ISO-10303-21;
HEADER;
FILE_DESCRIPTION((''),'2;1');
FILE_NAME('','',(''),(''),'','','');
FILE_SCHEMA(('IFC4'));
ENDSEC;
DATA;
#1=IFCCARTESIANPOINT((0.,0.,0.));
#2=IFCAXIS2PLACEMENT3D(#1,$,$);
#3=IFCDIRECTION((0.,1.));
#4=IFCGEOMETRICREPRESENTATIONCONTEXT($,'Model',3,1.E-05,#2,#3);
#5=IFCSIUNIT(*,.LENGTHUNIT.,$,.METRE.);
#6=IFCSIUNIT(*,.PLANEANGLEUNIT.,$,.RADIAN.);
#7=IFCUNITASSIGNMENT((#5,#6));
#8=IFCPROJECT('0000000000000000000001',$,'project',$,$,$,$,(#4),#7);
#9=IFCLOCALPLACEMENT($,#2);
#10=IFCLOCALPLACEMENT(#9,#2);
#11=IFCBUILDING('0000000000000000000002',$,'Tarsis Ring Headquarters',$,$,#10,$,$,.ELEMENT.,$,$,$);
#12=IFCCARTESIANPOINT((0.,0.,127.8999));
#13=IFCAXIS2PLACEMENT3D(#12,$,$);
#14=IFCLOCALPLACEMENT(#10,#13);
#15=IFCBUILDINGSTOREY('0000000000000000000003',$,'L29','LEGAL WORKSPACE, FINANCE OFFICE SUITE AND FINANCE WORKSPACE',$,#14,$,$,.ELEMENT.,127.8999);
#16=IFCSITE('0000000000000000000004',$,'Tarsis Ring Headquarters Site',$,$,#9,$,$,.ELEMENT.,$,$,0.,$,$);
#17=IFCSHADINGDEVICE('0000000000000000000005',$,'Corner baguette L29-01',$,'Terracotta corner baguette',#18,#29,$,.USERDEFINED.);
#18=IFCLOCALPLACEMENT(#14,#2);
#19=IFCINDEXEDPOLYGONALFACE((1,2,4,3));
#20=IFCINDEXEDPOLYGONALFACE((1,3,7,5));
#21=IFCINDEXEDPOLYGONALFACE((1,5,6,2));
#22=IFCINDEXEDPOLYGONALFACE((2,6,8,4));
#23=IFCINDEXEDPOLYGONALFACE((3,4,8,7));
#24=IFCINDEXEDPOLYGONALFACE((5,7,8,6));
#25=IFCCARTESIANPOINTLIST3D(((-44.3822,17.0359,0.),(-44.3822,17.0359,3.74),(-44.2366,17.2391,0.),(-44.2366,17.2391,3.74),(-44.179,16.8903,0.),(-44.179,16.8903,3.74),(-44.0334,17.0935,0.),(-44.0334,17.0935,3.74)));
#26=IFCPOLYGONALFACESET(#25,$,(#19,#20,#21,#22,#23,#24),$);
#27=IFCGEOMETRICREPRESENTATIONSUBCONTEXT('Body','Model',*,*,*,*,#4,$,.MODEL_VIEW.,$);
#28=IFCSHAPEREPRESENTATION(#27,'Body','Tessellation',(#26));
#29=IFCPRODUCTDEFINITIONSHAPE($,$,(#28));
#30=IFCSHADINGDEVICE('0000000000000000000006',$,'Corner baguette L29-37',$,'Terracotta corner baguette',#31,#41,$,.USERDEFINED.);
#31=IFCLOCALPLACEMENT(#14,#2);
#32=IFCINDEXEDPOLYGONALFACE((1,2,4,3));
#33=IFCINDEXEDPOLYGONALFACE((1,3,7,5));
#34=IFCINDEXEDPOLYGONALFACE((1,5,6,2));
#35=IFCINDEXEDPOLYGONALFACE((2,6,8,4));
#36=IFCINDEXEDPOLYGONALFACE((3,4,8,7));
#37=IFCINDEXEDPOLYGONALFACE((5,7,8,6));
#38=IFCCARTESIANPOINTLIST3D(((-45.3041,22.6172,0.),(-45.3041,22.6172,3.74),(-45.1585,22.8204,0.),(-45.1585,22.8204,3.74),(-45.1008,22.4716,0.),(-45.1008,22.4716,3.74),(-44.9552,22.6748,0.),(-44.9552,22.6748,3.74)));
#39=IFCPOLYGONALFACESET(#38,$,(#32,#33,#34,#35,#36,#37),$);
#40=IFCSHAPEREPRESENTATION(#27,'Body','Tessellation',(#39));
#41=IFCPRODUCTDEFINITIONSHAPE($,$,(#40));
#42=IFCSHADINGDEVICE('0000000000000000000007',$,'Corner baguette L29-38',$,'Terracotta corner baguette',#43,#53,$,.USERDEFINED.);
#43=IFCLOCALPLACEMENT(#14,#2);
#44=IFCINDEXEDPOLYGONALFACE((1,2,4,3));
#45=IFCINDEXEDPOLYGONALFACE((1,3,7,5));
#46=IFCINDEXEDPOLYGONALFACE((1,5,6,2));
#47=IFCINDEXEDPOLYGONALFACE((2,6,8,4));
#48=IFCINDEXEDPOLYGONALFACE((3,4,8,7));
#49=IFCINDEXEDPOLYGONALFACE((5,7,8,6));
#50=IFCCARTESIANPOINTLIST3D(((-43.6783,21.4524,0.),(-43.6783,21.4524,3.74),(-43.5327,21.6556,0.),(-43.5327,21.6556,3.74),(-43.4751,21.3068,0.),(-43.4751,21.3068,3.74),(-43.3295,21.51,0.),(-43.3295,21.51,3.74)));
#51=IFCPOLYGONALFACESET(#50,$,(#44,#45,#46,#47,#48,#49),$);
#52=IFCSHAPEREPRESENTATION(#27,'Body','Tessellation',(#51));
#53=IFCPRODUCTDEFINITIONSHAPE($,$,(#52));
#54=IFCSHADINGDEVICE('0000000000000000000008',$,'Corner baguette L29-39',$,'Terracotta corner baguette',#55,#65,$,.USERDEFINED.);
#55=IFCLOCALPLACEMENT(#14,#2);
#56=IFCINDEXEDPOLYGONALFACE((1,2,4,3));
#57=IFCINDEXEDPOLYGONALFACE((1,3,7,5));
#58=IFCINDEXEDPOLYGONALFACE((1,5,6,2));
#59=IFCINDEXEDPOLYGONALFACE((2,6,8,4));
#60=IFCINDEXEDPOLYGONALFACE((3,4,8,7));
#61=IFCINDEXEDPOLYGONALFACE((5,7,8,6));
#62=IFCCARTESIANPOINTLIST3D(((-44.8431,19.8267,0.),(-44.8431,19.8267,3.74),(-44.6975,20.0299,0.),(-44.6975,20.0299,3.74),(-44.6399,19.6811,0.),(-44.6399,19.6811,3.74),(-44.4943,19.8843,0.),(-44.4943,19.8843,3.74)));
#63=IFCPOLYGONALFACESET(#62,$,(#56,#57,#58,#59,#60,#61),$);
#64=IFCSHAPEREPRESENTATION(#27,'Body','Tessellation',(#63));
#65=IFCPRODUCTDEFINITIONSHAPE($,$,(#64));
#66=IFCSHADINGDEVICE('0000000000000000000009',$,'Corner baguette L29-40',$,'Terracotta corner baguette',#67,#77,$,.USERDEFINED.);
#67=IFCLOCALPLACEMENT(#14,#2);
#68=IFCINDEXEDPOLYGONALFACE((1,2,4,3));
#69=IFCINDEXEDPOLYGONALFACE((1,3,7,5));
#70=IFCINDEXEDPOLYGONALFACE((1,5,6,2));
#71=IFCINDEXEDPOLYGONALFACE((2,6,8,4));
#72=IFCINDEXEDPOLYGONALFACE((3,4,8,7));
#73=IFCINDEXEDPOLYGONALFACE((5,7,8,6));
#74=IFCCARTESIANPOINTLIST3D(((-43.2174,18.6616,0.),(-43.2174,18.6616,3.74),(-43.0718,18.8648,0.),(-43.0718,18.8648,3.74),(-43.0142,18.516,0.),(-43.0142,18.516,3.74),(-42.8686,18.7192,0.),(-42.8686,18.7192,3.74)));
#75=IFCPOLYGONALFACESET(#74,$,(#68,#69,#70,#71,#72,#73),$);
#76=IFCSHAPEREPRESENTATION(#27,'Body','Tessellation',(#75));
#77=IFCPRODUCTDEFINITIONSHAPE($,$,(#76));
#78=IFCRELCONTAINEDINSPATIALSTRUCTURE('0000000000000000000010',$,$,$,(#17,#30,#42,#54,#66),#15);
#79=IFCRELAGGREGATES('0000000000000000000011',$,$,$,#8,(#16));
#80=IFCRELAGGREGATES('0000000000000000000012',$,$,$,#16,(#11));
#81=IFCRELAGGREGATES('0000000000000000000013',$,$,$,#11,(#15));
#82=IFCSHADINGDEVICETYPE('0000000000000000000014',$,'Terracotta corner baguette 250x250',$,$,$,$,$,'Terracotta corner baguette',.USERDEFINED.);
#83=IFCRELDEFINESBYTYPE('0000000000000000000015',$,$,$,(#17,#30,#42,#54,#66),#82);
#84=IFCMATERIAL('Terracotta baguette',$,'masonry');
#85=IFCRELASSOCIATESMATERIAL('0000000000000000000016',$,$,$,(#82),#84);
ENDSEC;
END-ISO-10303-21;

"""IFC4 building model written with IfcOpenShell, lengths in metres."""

from ifc_helpers import new_model, si_unit, direction, frame, origin, origin_2d, place, context, subcontext, project, spatial, rectangle, extrude, material, type_object, element, save


model = new_model("IFC4")

# Units and contexts
model_context = context("Model", 3, precision=1e-05, world=origin(), true_north=direction((0.0, 1.0)))
body_context = subcontext(model_context, "Body", "Model", "MODEL_VIEW")
ifc_project = project(units=[si_unit("LENGTHUNIT", "METRE"), si_unit("PLANEANGLEUNIT", "RADIAN")], contexts=[model_context])

# Site, building, storey
site_placement = place(None, origin())
site = spatial("IfcSite", under=ifc_project, at=site_placement, Name="Tarsis Ring Headquarters Site", CompositionType="ELEMENT", RefElevation=0.0)
building_placement = place(site_placement, origin())
building = spatial("IfcBuilding", under=site, at=building_placement, Name="Tarsis Ring Headquarters", CompositionType="ELEMENT")
storey_placement = place(building_placement, frame((0.0, 0.0, 127.8999)))
storey = spatial("IfcBuildingStorey", under=building, at=storey_placement, Name="L29", Description="LEGAL WORKSPACE, FINANCE OFFICE SUITE AND FINANCE WORKSPACE", CompositionType="ELEMENT", Elevation=127.8999)

# Shading devices
ifc_material_1 = material(Name="Terracotta baguette", Category="masonry")
shading_device_type_1 = type_object("IfcShadingDeviceType", Name="Terracotta corner baguette 250x250", ElementType="Terracotta corner baguette", PredefinedType="USERDEFINED", material=ifc_material_1)
for number, where, z_axis, x_axis, name in (
    (1, (-44.2078, 17.0647, 0.0), (0.0, 0.0, 1.0), (-0.582407, -0.812897, 0.0), "Corner baguette L29-01"),
    (2, (-45.1296, 22.646, 0.0), (0.0, 0.0, 1.0), (-0.582407, -0.812898, 0.0), "Corner baguette L29-37"),
    (3, (-43.5039, 21.4812, 0.0), (0.0, 0.0, 1.0), (0.812897, -0.582407, 0.0), "Corner baguette L29-38"),
    (4, (-44.6687, 19.8555, 0.0), (0.0, 0.0, 1.0), (-0.582407, -0.812898, 0.0), "Corner baguette L29-39"),
    (5, (-43.043, 18.6904, 0.0), (0.0, 0.0, 1.0), (0.812898, -0.582407, 0.0), "Corner baguette L29-40"),
):
    element("IfcShadingDevice", number, at=place(storey_placement, frame(where, z_axis=z_axis, x_axis=x_axis)), inside=storey, type_object=shading_device_type_1, Name=name, ObjectType="Terracotta corner baguette", PredefinedType="USERDEFINED", context=body_context, shape_type="SweptSolid", body=[
        extrude(rectangle(XDim=0.25, YDim=0.25, at=origin_2d()), origin(), (0.0, 0.0, 1.0), 3.74),
    ])

save(model, "model.ifc")
